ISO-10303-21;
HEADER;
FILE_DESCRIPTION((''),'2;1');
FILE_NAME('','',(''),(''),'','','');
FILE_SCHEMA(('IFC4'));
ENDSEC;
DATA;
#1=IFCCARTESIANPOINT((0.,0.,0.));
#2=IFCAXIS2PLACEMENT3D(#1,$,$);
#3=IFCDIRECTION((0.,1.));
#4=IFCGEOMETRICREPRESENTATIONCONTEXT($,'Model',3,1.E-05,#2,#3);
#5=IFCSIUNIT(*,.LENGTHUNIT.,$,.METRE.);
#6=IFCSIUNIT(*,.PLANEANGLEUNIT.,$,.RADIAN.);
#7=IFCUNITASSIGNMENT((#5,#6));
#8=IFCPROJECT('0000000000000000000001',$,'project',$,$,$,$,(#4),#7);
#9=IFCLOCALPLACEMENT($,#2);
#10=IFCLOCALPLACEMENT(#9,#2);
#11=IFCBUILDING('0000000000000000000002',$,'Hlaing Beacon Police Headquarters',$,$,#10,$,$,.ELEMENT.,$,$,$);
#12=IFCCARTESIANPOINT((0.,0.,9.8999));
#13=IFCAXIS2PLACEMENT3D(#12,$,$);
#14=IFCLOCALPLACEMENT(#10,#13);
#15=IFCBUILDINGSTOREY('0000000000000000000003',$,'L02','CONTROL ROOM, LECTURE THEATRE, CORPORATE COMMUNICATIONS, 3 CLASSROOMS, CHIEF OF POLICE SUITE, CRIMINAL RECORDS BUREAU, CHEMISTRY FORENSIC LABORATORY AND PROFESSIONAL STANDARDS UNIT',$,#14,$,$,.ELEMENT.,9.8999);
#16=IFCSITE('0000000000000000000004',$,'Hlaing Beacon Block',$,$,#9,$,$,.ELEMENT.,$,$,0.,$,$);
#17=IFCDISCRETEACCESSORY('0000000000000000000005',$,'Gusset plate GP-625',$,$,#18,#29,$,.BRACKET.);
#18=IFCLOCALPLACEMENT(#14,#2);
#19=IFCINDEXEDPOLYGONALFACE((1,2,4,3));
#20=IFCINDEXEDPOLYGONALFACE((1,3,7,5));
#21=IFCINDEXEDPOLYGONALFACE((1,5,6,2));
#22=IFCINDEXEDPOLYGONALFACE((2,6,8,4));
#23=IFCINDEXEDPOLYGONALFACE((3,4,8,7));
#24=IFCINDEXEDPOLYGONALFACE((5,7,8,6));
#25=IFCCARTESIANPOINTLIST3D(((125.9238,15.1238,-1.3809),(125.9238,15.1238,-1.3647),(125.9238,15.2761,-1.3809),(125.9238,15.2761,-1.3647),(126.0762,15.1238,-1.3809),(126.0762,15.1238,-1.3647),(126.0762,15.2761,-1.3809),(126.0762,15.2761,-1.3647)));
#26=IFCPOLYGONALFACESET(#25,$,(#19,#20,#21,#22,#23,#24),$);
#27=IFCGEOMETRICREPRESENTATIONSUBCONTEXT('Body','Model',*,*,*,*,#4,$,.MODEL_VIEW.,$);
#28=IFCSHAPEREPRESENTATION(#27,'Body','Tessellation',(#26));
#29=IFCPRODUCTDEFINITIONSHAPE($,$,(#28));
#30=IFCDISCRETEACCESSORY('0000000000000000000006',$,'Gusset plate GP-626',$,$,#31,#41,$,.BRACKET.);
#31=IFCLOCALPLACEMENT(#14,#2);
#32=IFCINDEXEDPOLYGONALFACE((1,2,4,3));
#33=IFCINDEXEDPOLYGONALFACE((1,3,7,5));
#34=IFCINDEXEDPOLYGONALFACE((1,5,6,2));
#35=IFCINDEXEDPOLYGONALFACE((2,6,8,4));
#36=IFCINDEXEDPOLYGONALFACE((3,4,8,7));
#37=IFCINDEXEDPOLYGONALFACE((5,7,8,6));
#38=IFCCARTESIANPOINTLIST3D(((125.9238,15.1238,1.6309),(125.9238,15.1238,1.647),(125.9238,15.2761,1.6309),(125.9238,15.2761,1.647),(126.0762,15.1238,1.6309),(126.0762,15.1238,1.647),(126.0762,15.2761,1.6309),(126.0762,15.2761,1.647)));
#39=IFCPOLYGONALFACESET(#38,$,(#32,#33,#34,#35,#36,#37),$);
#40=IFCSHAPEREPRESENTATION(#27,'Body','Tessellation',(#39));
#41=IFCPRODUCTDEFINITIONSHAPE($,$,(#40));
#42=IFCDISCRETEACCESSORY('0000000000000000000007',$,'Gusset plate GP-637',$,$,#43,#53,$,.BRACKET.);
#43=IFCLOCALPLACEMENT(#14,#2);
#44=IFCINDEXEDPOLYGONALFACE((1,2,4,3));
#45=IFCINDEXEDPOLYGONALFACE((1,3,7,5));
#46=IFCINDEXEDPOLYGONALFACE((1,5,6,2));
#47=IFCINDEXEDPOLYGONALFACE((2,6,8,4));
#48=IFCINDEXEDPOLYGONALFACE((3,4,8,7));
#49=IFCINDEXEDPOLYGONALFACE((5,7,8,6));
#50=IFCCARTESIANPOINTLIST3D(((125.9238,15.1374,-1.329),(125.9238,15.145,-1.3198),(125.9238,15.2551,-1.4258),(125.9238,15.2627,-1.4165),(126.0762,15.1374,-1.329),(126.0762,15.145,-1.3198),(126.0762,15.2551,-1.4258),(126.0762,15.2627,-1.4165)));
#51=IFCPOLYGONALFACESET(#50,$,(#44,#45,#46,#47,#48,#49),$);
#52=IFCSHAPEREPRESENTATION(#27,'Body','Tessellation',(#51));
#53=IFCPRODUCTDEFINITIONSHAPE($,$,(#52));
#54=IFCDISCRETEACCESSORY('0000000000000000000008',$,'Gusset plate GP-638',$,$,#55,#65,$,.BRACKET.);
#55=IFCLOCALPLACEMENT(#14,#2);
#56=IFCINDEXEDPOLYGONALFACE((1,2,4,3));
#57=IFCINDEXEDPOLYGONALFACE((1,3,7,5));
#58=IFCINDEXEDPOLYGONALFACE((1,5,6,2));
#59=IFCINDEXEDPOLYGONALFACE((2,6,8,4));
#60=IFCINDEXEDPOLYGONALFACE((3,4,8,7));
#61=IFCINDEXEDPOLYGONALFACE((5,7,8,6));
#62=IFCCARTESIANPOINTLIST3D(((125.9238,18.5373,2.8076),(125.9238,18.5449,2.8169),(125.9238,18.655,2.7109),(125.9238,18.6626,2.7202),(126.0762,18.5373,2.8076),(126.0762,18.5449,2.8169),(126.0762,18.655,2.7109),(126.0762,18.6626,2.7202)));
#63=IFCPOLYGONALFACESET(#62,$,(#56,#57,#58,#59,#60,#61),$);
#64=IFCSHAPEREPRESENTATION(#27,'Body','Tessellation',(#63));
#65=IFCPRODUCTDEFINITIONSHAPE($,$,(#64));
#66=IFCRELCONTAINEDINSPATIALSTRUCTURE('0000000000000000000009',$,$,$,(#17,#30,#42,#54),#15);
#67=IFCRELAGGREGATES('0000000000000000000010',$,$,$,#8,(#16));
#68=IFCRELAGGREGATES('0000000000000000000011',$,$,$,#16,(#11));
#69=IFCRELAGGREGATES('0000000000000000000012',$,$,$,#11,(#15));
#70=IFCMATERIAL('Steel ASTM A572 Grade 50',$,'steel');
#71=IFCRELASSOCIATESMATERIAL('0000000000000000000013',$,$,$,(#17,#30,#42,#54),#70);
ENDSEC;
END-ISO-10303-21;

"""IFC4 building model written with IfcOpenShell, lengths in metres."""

from ifc_helpers import new_model, si_unit, direction, frame, origin, origin_2d, place, context, subcontext, project, spatial, rectangle, extrude, material, element, save


model = new_model("IFC4")

# Units and contexts
model_context = context("Model", 3, precision=1e-05, world=origin(), true_north=direction((0.0, 1.0)))
body_context = subcontext(model_context, "Body", "Model", "MODEL_VIEW")
ifc_project = project(units=[si_unit("LENGTHUNIT", "METRE"), si_unit("PLANEANGLEUNIT", "RADIAN")], contexts=[model_context])

# Site, building, storey
site_placement = place(None, origin())
site = spatial("IfcSite", under=ifc_project, at=site_placement, Name="Hlaing Beacon Block", CompositionType="ELEMENT", RefElevation=0.0)
building_placement = place(site_placement, origin())
building = spatial("IfcBuilding", under=site, at=building_placement, Name="Hlaing Beacon Police Headquarters", CompositionType="ELEMENT")
storey_placement = place(building_placement, frame((0.0, 0.0, 9.8999)))
storey = spatial("IfcBuildingStorey", under=building, at=storey_placement, Name="L02", Description="CONTROL ROOM, LECTURE THEATRE, CORPORATE COMMUNICATIONS, 3 CLASSROOMS, CHIEF OF POLICE SUITE, CRIMINAL RECORDS BUREAU, CHEMISTRY FORENSIC LABORATORY AND PROFESSIONAL STANDARDS UNIT", CompositionType="ELEMENT", Elevation=9.8999)

# Discrete accessories
ifc_material_1 = material(Name="Steel ASTM A572 Grade 50", Category="steel")
for number, where, z_axis, x_axis, name in (
    (1, (126.0, 15.2, -1.3647), (0.0, 0.0, -1.0), (1.0, 0.0, 0.0), "Gusset plate GP-625"),
    (2, (126.0, 15.2, 1.6309), (0.0, 0.0, 1.0), (1.0, 0.0, 0.0), "Gusset plate GP-626"),
):
    element("IfcDiscreteAccessory", number, at=place(storey_placement, frame(where, z_axis=z_axis, x_axis=x_axis)), inside=storey, material=ifc_material_1, Name=name, PredefinedType="BRACKET", context=body_context, shape_type="SweptSolid", body=[
        extrude(rectangle(XDim=0.1523, YDim=0.1523, at=origin_2d()), origin(), (0.0, 0.0, 1.0), 0.0161),
    ])
for number, where, z_axis, x_axis, name in (
    (3, (126.0, 15.2039, -1.3682), (0.0, -0.634977, -0.772531), (1.0, 0.0, 0.0), "Gusset plate GP-637"),
    (4, (126.0, 18.5962, 2.7593), (0.0, 0.634977, 0.772531), (-1.0, 0.0, 0.0), "Gusset plate GP-638"),
):
    element("IfcDiscreteAccessory", number, at=place(storey_placement, frame(where, z_axis=z_axis, x_axis=x_axis)), inside=storey, material=ifc_material_1, Name=name, PredefinedType="BRACKET", context=body_context, shape_type="SweptSolid", body=[
        extrude(rectangle(XDim=0.1523, YDim=0.1523, at=origin_2d()), origin(), (0.0, 0.0, 1.0), 0.012),
    ])

save(model, "model.ifc")
